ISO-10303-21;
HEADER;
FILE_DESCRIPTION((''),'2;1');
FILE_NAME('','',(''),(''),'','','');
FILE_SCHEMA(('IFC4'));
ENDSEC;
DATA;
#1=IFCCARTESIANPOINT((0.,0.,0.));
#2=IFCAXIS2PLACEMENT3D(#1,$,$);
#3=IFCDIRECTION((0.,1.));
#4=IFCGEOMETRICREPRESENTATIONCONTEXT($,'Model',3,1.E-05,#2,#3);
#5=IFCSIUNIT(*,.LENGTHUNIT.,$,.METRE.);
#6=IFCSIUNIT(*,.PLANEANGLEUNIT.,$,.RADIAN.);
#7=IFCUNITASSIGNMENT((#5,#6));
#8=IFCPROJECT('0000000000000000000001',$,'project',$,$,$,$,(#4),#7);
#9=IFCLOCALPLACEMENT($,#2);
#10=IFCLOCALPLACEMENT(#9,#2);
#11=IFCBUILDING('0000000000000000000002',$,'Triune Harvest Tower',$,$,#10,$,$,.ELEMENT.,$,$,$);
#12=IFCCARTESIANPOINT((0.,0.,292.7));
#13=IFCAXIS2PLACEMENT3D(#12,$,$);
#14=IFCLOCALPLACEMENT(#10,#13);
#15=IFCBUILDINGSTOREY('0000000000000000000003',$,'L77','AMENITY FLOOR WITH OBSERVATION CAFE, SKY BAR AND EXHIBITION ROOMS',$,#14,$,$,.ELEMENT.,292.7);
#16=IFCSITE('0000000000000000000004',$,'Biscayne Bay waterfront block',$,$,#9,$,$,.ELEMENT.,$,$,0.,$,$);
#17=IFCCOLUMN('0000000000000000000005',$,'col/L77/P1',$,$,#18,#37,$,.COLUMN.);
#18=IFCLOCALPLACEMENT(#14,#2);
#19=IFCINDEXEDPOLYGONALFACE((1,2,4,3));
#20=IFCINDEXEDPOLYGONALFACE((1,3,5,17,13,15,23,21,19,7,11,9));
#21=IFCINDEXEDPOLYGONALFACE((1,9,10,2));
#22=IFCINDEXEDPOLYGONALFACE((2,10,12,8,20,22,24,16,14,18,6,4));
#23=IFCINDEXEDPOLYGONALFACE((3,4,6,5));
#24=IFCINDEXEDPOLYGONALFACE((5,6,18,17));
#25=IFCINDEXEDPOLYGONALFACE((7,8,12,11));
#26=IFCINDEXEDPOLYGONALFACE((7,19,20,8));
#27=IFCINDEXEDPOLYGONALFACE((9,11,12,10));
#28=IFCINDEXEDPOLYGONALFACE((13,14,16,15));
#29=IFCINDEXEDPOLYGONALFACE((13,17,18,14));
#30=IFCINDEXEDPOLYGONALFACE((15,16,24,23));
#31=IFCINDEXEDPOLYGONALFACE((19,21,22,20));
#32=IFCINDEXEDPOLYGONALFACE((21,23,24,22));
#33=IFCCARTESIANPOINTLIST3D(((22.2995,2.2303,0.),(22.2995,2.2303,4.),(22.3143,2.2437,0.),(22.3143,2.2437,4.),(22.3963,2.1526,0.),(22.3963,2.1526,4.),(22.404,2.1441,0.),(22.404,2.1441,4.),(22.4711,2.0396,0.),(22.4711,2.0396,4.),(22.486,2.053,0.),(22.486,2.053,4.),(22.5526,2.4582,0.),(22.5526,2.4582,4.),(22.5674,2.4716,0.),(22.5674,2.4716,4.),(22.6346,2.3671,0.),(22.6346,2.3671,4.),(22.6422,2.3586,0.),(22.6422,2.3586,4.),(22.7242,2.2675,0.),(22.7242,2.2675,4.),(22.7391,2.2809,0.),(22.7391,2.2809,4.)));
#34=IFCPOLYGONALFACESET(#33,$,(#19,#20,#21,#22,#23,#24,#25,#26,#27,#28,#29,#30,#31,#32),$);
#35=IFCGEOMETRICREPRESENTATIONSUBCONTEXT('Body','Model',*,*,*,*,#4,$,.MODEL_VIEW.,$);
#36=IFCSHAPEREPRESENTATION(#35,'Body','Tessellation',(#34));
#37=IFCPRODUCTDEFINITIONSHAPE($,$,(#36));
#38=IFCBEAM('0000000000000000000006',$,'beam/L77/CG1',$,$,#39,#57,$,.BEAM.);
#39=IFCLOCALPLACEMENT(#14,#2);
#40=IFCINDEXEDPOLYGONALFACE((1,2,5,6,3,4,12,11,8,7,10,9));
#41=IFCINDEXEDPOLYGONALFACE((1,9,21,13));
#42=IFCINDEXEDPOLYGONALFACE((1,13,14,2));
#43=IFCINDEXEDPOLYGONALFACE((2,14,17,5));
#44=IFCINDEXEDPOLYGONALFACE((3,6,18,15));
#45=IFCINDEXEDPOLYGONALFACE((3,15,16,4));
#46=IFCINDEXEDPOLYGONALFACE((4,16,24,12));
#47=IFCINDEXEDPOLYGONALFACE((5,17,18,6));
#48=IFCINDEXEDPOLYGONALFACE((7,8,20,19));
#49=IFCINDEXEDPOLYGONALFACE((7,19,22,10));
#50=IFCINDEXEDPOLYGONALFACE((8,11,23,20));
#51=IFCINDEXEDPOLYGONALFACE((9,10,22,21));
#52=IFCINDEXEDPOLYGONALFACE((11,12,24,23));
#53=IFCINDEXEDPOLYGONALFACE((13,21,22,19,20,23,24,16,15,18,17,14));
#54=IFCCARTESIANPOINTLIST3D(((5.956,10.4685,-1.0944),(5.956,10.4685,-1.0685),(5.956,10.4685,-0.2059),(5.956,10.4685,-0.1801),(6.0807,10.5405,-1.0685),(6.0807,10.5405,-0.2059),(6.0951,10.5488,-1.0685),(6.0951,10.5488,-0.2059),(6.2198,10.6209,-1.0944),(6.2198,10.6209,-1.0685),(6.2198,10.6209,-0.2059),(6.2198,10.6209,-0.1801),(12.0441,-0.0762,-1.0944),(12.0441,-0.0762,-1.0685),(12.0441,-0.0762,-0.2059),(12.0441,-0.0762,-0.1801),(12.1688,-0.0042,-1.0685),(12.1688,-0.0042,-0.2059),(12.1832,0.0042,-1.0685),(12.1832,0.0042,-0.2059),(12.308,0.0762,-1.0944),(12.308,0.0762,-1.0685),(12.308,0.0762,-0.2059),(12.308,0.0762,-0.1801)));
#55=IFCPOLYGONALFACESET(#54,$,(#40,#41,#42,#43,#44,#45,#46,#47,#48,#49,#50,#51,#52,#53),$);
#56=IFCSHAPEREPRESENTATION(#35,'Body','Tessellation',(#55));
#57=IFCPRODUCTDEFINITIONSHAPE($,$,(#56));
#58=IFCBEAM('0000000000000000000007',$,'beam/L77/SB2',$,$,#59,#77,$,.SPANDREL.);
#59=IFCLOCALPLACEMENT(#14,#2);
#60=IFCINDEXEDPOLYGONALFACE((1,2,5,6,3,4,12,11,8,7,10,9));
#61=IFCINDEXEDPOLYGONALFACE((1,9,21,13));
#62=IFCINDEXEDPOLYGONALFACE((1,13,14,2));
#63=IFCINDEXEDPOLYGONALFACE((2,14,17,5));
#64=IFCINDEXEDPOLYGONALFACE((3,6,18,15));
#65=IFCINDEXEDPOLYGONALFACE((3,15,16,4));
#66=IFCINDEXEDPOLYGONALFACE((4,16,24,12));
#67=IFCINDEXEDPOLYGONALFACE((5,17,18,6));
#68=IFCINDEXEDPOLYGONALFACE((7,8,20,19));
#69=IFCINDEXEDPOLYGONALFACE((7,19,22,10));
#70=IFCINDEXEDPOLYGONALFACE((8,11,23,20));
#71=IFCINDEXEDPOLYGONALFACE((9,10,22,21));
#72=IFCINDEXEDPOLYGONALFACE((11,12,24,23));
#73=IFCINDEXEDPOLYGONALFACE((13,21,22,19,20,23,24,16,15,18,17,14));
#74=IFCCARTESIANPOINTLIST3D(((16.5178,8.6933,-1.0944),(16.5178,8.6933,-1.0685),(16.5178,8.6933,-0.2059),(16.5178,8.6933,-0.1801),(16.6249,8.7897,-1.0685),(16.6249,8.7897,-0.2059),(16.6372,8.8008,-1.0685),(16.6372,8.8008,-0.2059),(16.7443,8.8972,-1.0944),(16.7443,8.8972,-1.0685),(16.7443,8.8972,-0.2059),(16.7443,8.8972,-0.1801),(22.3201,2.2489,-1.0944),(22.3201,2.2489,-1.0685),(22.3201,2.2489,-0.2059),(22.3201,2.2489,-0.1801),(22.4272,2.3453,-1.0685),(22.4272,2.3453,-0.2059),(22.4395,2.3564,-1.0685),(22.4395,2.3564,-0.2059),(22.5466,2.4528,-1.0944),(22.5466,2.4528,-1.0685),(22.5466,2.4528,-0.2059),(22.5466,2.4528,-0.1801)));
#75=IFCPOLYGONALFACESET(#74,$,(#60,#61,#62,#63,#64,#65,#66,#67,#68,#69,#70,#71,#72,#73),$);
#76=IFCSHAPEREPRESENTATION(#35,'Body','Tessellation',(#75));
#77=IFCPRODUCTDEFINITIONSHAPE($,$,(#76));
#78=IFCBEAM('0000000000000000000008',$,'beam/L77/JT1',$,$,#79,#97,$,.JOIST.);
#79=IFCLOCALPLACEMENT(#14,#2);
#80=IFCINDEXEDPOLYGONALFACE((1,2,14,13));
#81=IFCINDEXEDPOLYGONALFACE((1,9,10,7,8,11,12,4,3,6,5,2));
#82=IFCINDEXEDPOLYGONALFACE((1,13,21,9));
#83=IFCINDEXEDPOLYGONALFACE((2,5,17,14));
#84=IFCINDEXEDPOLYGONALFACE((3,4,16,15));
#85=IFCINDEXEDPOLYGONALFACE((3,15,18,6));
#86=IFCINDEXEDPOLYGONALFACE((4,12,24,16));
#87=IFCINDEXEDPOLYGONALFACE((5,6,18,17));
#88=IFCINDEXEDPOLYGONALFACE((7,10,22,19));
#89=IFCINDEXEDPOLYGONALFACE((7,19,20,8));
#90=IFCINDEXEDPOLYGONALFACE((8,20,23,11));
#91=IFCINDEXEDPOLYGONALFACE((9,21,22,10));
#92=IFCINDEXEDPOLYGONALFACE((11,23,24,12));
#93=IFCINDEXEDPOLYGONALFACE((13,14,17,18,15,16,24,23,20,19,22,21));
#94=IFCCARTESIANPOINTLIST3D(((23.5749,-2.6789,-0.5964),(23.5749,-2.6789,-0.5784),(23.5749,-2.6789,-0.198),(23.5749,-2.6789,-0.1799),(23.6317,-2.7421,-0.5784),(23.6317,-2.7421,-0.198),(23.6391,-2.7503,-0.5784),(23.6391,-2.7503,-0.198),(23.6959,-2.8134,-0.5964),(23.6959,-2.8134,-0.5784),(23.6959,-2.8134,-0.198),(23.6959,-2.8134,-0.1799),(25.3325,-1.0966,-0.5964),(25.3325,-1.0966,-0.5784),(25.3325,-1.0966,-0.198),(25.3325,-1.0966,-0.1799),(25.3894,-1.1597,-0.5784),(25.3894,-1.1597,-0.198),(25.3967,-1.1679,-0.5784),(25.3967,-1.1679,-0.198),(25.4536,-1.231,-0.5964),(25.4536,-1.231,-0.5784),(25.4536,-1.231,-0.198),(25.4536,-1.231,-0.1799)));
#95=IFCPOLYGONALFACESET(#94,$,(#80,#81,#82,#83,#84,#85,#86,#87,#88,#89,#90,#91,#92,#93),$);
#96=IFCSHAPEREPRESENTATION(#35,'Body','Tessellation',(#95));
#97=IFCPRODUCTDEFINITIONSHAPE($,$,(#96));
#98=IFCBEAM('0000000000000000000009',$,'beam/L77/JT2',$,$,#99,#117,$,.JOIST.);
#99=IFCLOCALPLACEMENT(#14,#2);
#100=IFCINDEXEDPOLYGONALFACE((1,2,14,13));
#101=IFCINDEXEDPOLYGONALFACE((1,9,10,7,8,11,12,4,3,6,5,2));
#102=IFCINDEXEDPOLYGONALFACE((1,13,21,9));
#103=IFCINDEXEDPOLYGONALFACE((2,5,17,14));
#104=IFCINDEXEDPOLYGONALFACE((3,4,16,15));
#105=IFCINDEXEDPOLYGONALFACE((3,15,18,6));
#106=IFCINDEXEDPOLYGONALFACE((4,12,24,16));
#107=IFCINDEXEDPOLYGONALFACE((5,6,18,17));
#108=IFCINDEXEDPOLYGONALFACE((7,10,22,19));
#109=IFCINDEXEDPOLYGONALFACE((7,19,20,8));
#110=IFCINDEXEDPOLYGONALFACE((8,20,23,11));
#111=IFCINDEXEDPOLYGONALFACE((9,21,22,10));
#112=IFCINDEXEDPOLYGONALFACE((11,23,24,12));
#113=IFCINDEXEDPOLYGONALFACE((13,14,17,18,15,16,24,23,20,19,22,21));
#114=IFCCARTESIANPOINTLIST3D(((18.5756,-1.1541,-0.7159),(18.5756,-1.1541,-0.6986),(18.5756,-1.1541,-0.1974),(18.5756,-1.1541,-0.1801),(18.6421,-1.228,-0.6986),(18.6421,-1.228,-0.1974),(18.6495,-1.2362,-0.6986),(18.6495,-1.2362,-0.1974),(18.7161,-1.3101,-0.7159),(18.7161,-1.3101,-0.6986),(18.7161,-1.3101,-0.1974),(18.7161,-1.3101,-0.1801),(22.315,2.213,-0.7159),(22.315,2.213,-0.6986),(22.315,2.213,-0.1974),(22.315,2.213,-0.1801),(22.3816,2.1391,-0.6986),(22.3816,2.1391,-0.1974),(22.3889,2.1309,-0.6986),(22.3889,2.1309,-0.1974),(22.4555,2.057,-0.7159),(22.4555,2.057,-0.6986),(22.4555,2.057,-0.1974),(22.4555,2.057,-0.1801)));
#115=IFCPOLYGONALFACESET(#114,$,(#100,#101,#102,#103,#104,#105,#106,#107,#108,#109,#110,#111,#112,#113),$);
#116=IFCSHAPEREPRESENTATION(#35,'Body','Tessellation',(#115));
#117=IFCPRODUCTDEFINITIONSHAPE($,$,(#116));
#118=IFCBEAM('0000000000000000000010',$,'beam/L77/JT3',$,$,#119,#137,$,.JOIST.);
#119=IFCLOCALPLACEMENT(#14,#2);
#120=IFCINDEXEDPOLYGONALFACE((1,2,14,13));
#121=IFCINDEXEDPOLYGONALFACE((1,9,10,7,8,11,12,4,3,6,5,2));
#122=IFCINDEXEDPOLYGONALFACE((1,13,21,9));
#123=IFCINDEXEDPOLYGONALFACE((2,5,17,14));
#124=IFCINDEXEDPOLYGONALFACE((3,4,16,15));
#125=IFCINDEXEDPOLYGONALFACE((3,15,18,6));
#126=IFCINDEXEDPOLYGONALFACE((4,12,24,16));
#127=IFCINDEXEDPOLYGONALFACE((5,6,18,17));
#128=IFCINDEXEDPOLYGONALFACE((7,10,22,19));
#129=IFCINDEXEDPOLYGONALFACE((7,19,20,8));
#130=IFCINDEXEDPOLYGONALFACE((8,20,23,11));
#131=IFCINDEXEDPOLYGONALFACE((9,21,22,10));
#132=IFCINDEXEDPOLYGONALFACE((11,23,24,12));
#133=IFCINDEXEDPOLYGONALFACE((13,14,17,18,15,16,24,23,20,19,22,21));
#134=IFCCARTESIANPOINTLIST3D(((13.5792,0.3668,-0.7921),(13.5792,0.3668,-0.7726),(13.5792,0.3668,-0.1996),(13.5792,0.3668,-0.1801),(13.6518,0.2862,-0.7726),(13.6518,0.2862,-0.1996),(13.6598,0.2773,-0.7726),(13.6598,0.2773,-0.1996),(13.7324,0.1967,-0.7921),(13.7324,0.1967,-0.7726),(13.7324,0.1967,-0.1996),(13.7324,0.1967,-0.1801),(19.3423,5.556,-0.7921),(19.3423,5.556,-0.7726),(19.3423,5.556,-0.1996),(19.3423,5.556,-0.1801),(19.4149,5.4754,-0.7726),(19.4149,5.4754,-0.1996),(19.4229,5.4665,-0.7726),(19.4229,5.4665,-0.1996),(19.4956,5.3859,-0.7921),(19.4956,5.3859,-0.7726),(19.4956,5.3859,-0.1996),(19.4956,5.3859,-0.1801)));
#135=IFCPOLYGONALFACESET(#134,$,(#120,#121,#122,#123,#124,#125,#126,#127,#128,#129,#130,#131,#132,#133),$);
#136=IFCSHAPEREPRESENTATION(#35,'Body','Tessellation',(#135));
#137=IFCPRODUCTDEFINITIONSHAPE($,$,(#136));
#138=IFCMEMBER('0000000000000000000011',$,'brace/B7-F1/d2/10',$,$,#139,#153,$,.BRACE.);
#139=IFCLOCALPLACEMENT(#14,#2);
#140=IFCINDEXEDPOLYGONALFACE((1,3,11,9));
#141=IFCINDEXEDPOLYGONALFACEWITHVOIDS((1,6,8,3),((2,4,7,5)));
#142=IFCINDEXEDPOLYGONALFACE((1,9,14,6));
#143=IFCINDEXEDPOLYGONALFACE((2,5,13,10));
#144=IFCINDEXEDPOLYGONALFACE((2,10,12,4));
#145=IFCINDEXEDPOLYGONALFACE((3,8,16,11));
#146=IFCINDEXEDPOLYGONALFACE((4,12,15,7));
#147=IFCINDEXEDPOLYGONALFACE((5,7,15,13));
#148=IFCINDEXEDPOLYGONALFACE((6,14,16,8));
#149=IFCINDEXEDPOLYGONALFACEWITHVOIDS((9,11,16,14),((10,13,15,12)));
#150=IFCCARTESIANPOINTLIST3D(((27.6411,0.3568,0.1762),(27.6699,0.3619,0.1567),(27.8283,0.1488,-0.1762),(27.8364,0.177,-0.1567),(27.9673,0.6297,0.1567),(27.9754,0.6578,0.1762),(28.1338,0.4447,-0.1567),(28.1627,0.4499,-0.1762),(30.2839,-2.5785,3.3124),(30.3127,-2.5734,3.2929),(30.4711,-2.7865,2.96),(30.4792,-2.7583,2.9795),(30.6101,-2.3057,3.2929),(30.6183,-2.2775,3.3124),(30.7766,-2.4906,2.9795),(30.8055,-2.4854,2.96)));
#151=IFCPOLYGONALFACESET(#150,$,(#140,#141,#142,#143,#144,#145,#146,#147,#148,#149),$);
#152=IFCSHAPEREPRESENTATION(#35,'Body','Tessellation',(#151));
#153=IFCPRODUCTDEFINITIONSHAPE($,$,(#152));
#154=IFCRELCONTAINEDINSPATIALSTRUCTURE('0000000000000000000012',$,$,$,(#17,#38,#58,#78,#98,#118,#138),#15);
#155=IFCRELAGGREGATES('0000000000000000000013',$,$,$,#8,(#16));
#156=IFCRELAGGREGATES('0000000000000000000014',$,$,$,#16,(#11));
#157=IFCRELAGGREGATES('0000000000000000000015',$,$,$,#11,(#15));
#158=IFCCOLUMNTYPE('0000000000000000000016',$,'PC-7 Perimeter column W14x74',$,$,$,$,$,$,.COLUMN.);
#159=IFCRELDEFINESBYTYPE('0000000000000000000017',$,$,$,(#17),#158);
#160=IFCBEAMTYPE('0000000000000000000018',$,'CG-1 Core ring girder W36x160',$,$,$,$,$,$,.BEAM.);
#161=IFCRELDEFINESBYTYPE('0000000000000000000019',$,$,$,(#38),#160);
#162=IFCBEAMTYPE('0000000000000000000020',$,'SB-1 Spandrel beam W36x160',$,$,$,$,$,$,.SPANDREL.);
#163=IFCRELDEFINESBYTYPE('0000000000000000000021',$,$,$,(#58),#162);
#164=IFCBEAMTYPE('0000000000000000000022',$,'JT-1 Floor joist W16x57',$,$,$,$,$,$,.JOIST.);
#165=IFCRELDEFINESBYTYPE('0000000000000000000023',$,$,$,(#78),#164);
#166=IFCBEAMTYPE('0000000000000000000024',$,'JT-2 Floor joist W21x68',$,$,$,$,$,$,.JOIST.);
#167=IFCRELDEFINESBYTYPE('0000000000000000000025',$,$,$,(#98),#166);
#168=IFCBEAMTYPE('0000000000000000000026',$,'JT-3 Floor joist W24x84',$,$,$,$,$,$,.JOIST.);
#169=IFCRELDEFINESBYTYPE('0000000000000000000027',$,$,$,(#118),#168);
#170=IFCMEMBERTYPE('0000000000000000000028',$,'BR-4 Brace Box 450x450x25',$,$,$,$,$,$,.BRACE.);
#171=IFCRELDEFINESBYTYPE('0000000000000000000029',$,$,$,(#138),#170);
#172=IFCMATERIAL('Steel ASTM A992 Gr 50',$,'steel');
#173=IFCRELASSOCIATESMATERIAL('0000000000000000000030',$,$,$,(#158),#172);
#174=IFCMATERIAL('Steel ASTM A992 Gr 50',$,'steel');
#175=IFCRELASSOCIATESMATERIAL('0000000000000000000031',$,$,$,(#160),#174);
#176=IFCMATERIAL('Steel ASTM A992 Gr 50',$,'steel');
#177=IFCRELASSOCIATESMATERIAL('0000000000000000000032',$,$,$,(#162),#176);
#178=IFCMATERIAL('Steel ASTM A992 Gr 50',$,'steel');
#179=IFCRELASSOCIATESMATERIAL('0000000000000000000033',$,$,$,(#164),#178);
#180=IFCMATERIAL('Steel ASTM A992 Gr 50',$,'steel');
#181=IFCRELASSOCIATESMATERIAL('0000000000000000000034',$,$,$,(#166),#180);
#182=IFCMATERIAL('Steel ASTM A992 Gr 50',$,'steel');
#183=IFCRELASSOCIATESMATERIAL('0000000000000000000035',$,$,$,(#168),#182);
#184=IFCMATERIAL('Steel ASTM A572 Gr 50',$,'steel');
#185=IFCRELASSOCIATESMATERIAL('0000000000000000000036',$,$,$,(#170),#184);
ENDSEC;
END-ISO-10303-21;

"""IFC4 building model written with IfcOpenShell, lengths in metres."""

from ifc_helpers import new_model, si_unit, direction, frame, origin, origin_2d, place, context, subcontext, project, spatial, hollow_rectangle, i_section, extrude, source, transform, mapped, material, material_profile, profile_set, type_object, element, save


model = new_model("IFC4")

# Units and contexts
model_context = context("Model", 3, precision=1e-05, world=origin(), true_north=direction((0.0, 1.0)))
body_context = subcontext(model_context, "Body", "Model", "MODEL_VIEW")
ifc_project = project(units=[si_unit("LENGTHUNIT", "METRE"), si_unit("PLANEANGLEUNIT", "RADIAN")], contexts=[model_context])

# Site, building, storey
site_placement = place(None, origin())
site = spatial("IfcSite", under=ifc_project, at=site_placement, Name="Biscayne Bay waterfront block", CompositionType="ELEMENT", RefElevation=0.0)
building_placement = place(site_placement, origin())
building = spatial("IfcBuilding", under=site, at=building_placement, Name="Triune Harvest Tower", CompositionType="ELEMENT")
storey_placement = place(building_placement, frame((0.0, 0.0, 292.7)))
storey = spatial("IfcBuildingStorey", under=building, at=storey_placement, Name="L77", Description="AMENITY FLOOR WITH OBSERVATION CAFE, SKY BAR AND EXHIBITION ROOMS", CompositionType="ELEMENT", Elevation=292.7)

# Column
ifc_material_1 = material(Name="Steel ASTM A992 Gr 50", Category="steel")
ifc_material_profile_1 = material_profile(ifc_material_1, i_section(OverallWidth=0.2566, OverallDepth=0.3606, WebThickness=0.0115, FlangeThickness=0.02, at=origin_2d()), Name="W14x74")
ifc_profile_set_1 = profile_set([ifc_material_profile_1], Name="Steel ASTM A992 Gr 50")
column_type = type_object("IfcColumnType", Name="PC-7 Perimeter column W14x74", PredefinedType="COLUMN", material=ifc_profile_set_1)
shared_shape_1 = source(origin(), body_context, "Body", "SweptSolid", [
    extrude(i_section(OverallWidth=0.2566, OverallDepth=0.3606, WebThickness=0.0115, FlangeThickness=0.02, at=origin_2d()), origin(), (0.0, 0.0, 1.0), 4.0),
])
column_placement = place(storey_placement, frame((22.5193, 2.2556, 0.0), z_axis=(0.0, 0.0, 1.0), x_axis=(-0.669131, 0.743145, 0.0)))
element("IfcColumn", 1, at=column_placement, inside=storey, type_object=column_type, Name="col/L77/P1", PredefinedType="COLUMN", context=body_context, shape_type="MappedRepresentation", body=[
    mapped(shared_shape_1, transform((0.0, 0.0, 0.0), scale=1.0)),
])

# Beams
ifc_material_2 = material(Name="Steel ASTM A992 Gr 50", Category="steel")
ifc_material_profile_2 = material_profile(ifc_material_2, i_section(OverallWidth=0.3047, OverallDepth=0.9143, WebThickness=0.0166, FlangeThickness=0.0259, at=origin_2d()), Name="W36x160")
ifc_profile_set_2 = profile_set([ifc_material_profile_2], Name="Steel ASTM A992 Gr 50")
beam_type_1 = type_object("IfcBeamType", Name="CG-1 Core ring girder W36x160", PredefinedType="BEAM", material=ifc_profile_set_2)
shared_shape_2 = source(origin(), body_context, "Body", "SweptSolid", [
    extrude(i_section(OverallWidth=0.3047, OverallDepth=0.9143, WebThickness=0.0166, FlangeThickness=0.0259, at=origin_2d()), origin(), (0.0, 0.0, 1.0), 12.176),
])
beam_1_placement = place(storey_placement, frame((12.176, 0.0, -0.6372), z_axis=(-0.50001, 0.86602, 0.0), x_axis=(-0.86602, -0.50001, 0.0)))
element("IfcBeam", 2, at=beam_1_placement, inside=storey, type_object=beam_type_1, Name="beam/L77/CG1", PredefinedType="BEAM", context=body_context, shape_type="MappedRepresentation", body=[
    mapped(shared_shape_2, transform((0.0, 0.0, 0.0), scale=1.0)),
])
ifc_material_3 = material(Name="Steel ASTM A992 Gr 50", Category="steel")
ifc_material_profile_3 = material_profile(ifc_material_3, i_section(OverallWidth=0.3047, OverallDepth=0.9143, WebThickness=0.0166, FlangeThickness=0.0259, at=origin_2d()), Name="W36x160")
ifc_profile_set_3 = profile_set([ifc_material_profile_3], Name="Steel ASTM A992 Gr 50")
beam_type_2 = type_object("IfcBeamType", Name="SB-1 Spandrel beam W36x160", PredefinedType="SPANDREL", material=ifc_profile_set_3)
shared_shape_3 = source(origin(), body_context, "Body", "SweptSolid", [
    extrude(i_section(OverallWidth=0.3047, OverallDepth=0.9143, WebThickness=0.0166, FlangeThickness=0.0259, at=origin_2d()), origin(), (0.0, 0.0, 1.0), 8.6716),
])
beam_2_placement = place(storey_placement, frame((22.4333, 2.3508, -0.6372), z_axis=(-0.669114, 0.74316, 0.0), x_axis=(-0.74316, -0.669114, 0.0)))
element("IfcBeam", 3, at=beam_2_placement, inside=storey, type_object=beam_type_2, Name="beam/L77/SB2", PredefinedType="SPANDREL", context=body_context, shape_type="MappedRepresentation", body=[
    mapped(shared_shape_3, transform((0.0, 0.0, 0.0), scale=1.0)),
])
ifc_material_4 = material(Name="Steel ASTM A992 Gr 50", Category="steel")
ifc_material_profile_4 = material_profile(ifc_material_4, i_section(OverallWidth=0.1809, OverallDepth=0.4165, WebThickness=0.011, FlangeThickness=0.0181, at=origin_2d()), Name="W16x57")
ifc_profile_set_4 = profile_set([ifc_material_profile_4], Name="Steel ASTM A992 Gr 50")
beam_type_3 = type_object("IfcBeamType", Name="JT-1 Floor joist W16x57", PredefinedType="JOIST", material=ifc_profile_set_4)
shared_shape_4 = source(origin(), body_context, "Body", "SweptSolid", [
    extrude(i_section(OverallWidth=0.1809, OverallDepth=0.4165, WebThickness=0.011, FlangeThickness=0.0181, at=origin_2d()), origin(), (0.0, 0.0, 1.0), 2.365),
])
beam_3_placement = place(storey_placement, frame((25.3931, -1.1638, -0.3882), z_axis=(-0.743197, -0.669073, 0.0), x_axis=(0.669073, -0.743197, 0.0)))
element("IfcBeam", 4, at=beam_3_placement, inside=storey, type_object=beam_type_3, Name="beam/L77/JT1", PredefinedType="JOIST", context=body_context, shape_type="MappedRepresentation", body=[
    mapped(shared_shape_4, transform((0.0, 0.0, 0.0), scale=1.0)),
])
ifc_material_5 = material(Name="Steel ASTM A992 Gr 50", Category="steel")
ifc_material_profile_5 = material_profile(ifc_material_5, i_section(OverallWidth=0.21, OverallDepth=0.5359, WebThickness=0.011, FlangeThickness=0.0173, at=origin_2d()), Name="W21x68")
ifc_profile_set_5 = profile_set([ifc_material_profile_5], Name="Steel ASTM A992 Gr 50")
beam_type_4 = type_object("IfcBeamType", Name="JT-2 Floor joist W21x68", PredefinedType="JOIST", material=ifc_profile_set_5)
shared_shape_5 = source(origin(), body_context, "Body", "SweptSolid", [
    extrude(i_section(OverallWidth=0.21, OverallDepth=0.5359, WebThickness=0.011, FlangeThickness=0.0173, at=origin_2d()), origin(), (0.0, 0.0, 1.0), 5.032),
])
beam_4_placement = place(storey_placement, frame((22.3853, 2.135, -0.448), z_axis=(-0.743132, -0.669144, 0.0), x_axis=(0.669144, -0.743132, 0.0)))
element("IfcBeam", 5, at=beam_4_placement, inside=storey, type_object=beam_type_4, Name="beam/L77/JT2", PredefinedType="JOIST", context=body_context, shape_type="MappedRepresentation", body=[
    mapped(shared_shape_5, transform((0.0, 0.0, 0.0), scale=1.0)),
])
ifc_material_6 = material(Name="Steel ASTM A992 Gr 50", Category="steel")
ifc_material_profile_6 = material_profile(ifc_material_6, i_section(OverallWidth=0.229, OverallDepth=0.6121, WebThickness=0.012, FlangeThickness=0.0195, at=origin_2d()), Name="W24x84")
ifc_profile_set_6 = profile_set([ifc_material_profile_6], Name="Steel ASTM A992 Gr 50")
beam_type_5 = type_object("IfcBeamType", Name="JT-3 Floor joist W24x84", PredefinedType="JOIST", material=ifc_profile_set_6)
shared_shape_6 = source(origin(), body_context, "Body", "SweptSolid", [
    extrude(i_section(OverallWidth=0.229, OverallDepth=0.6121, WebThickness=0.012, FlangeThickness=0.0195, at=origin_2d()), origin(), (0.0, 0.0, 1.0), 7.7551),
])
beam_5_placement = place(storey_placement, frame((19.4189, 5.4709, -0.4861), z_axis=(-0.743144, -0.669132, 0.0), x_axis=(0.669132, -0.743144, 0.0)))
element("IfcBeam", 6, at=beam_5_placement, inside=storey, type_object=beam_type_5, Name="beam/L77/JT3", PredefinedType="JOIST", context=body_context, shape_type="MappedRepresentation", body=[
    mapped(shared_shape_6, transform((0.0, 0.0, 0.0), scale=1.0)),
])

# Member
ifc_material_7 = material(Name="Steel ASTM A572 Gr 50", Category="steel")
ifc_material_profile_7 = material_profile(ifc_material_7, hollow_rectangle(XDim=0.45, YDim=0.45, WallThickness=0.0249, at=origin_2d()), Name="Box 450x450x25")
ifc_profile_set_7 = profile_set([ifc_material_profile_7], Name="Steel ASTM A572 Gr 50")
member_type_1 = type_object("IfcMemberType", Name="BR-4 Brace Box 450x450x25", PredefinedType="BRACE", material=ifc_profile_set_7)
shared_shape_7 = source(origin(), body_context, "Body", "SweptSolid", [
    extrude(hollow_rectangle(XDim=0.45, YDim=0.45, WallThickness=0.0249, at=origin_2d()), origin(), (0.0, 0.0, 1.0), 5.0435),
])
member_1_placement = place(storey_placement, frame((27.9019, 0.4033, 0.0), z_axis=(0.52401, -0.582002, 0.621841), x_axis=(0.743162, 0.669112, 0.0)))
element("IfcMember", 7, at=member_1_placement, inside=storey, type_object=member_type_1, Name="brace/B7-F1/d2/10", PredefinedType="BRACE", context=body_context, shape_type="MappedRepresentation", body=[
    mapped(shared_shape_7, transform((0.0, 0.0, 0.0), scale=1.0)),
])

save(model, "model.ifc")
